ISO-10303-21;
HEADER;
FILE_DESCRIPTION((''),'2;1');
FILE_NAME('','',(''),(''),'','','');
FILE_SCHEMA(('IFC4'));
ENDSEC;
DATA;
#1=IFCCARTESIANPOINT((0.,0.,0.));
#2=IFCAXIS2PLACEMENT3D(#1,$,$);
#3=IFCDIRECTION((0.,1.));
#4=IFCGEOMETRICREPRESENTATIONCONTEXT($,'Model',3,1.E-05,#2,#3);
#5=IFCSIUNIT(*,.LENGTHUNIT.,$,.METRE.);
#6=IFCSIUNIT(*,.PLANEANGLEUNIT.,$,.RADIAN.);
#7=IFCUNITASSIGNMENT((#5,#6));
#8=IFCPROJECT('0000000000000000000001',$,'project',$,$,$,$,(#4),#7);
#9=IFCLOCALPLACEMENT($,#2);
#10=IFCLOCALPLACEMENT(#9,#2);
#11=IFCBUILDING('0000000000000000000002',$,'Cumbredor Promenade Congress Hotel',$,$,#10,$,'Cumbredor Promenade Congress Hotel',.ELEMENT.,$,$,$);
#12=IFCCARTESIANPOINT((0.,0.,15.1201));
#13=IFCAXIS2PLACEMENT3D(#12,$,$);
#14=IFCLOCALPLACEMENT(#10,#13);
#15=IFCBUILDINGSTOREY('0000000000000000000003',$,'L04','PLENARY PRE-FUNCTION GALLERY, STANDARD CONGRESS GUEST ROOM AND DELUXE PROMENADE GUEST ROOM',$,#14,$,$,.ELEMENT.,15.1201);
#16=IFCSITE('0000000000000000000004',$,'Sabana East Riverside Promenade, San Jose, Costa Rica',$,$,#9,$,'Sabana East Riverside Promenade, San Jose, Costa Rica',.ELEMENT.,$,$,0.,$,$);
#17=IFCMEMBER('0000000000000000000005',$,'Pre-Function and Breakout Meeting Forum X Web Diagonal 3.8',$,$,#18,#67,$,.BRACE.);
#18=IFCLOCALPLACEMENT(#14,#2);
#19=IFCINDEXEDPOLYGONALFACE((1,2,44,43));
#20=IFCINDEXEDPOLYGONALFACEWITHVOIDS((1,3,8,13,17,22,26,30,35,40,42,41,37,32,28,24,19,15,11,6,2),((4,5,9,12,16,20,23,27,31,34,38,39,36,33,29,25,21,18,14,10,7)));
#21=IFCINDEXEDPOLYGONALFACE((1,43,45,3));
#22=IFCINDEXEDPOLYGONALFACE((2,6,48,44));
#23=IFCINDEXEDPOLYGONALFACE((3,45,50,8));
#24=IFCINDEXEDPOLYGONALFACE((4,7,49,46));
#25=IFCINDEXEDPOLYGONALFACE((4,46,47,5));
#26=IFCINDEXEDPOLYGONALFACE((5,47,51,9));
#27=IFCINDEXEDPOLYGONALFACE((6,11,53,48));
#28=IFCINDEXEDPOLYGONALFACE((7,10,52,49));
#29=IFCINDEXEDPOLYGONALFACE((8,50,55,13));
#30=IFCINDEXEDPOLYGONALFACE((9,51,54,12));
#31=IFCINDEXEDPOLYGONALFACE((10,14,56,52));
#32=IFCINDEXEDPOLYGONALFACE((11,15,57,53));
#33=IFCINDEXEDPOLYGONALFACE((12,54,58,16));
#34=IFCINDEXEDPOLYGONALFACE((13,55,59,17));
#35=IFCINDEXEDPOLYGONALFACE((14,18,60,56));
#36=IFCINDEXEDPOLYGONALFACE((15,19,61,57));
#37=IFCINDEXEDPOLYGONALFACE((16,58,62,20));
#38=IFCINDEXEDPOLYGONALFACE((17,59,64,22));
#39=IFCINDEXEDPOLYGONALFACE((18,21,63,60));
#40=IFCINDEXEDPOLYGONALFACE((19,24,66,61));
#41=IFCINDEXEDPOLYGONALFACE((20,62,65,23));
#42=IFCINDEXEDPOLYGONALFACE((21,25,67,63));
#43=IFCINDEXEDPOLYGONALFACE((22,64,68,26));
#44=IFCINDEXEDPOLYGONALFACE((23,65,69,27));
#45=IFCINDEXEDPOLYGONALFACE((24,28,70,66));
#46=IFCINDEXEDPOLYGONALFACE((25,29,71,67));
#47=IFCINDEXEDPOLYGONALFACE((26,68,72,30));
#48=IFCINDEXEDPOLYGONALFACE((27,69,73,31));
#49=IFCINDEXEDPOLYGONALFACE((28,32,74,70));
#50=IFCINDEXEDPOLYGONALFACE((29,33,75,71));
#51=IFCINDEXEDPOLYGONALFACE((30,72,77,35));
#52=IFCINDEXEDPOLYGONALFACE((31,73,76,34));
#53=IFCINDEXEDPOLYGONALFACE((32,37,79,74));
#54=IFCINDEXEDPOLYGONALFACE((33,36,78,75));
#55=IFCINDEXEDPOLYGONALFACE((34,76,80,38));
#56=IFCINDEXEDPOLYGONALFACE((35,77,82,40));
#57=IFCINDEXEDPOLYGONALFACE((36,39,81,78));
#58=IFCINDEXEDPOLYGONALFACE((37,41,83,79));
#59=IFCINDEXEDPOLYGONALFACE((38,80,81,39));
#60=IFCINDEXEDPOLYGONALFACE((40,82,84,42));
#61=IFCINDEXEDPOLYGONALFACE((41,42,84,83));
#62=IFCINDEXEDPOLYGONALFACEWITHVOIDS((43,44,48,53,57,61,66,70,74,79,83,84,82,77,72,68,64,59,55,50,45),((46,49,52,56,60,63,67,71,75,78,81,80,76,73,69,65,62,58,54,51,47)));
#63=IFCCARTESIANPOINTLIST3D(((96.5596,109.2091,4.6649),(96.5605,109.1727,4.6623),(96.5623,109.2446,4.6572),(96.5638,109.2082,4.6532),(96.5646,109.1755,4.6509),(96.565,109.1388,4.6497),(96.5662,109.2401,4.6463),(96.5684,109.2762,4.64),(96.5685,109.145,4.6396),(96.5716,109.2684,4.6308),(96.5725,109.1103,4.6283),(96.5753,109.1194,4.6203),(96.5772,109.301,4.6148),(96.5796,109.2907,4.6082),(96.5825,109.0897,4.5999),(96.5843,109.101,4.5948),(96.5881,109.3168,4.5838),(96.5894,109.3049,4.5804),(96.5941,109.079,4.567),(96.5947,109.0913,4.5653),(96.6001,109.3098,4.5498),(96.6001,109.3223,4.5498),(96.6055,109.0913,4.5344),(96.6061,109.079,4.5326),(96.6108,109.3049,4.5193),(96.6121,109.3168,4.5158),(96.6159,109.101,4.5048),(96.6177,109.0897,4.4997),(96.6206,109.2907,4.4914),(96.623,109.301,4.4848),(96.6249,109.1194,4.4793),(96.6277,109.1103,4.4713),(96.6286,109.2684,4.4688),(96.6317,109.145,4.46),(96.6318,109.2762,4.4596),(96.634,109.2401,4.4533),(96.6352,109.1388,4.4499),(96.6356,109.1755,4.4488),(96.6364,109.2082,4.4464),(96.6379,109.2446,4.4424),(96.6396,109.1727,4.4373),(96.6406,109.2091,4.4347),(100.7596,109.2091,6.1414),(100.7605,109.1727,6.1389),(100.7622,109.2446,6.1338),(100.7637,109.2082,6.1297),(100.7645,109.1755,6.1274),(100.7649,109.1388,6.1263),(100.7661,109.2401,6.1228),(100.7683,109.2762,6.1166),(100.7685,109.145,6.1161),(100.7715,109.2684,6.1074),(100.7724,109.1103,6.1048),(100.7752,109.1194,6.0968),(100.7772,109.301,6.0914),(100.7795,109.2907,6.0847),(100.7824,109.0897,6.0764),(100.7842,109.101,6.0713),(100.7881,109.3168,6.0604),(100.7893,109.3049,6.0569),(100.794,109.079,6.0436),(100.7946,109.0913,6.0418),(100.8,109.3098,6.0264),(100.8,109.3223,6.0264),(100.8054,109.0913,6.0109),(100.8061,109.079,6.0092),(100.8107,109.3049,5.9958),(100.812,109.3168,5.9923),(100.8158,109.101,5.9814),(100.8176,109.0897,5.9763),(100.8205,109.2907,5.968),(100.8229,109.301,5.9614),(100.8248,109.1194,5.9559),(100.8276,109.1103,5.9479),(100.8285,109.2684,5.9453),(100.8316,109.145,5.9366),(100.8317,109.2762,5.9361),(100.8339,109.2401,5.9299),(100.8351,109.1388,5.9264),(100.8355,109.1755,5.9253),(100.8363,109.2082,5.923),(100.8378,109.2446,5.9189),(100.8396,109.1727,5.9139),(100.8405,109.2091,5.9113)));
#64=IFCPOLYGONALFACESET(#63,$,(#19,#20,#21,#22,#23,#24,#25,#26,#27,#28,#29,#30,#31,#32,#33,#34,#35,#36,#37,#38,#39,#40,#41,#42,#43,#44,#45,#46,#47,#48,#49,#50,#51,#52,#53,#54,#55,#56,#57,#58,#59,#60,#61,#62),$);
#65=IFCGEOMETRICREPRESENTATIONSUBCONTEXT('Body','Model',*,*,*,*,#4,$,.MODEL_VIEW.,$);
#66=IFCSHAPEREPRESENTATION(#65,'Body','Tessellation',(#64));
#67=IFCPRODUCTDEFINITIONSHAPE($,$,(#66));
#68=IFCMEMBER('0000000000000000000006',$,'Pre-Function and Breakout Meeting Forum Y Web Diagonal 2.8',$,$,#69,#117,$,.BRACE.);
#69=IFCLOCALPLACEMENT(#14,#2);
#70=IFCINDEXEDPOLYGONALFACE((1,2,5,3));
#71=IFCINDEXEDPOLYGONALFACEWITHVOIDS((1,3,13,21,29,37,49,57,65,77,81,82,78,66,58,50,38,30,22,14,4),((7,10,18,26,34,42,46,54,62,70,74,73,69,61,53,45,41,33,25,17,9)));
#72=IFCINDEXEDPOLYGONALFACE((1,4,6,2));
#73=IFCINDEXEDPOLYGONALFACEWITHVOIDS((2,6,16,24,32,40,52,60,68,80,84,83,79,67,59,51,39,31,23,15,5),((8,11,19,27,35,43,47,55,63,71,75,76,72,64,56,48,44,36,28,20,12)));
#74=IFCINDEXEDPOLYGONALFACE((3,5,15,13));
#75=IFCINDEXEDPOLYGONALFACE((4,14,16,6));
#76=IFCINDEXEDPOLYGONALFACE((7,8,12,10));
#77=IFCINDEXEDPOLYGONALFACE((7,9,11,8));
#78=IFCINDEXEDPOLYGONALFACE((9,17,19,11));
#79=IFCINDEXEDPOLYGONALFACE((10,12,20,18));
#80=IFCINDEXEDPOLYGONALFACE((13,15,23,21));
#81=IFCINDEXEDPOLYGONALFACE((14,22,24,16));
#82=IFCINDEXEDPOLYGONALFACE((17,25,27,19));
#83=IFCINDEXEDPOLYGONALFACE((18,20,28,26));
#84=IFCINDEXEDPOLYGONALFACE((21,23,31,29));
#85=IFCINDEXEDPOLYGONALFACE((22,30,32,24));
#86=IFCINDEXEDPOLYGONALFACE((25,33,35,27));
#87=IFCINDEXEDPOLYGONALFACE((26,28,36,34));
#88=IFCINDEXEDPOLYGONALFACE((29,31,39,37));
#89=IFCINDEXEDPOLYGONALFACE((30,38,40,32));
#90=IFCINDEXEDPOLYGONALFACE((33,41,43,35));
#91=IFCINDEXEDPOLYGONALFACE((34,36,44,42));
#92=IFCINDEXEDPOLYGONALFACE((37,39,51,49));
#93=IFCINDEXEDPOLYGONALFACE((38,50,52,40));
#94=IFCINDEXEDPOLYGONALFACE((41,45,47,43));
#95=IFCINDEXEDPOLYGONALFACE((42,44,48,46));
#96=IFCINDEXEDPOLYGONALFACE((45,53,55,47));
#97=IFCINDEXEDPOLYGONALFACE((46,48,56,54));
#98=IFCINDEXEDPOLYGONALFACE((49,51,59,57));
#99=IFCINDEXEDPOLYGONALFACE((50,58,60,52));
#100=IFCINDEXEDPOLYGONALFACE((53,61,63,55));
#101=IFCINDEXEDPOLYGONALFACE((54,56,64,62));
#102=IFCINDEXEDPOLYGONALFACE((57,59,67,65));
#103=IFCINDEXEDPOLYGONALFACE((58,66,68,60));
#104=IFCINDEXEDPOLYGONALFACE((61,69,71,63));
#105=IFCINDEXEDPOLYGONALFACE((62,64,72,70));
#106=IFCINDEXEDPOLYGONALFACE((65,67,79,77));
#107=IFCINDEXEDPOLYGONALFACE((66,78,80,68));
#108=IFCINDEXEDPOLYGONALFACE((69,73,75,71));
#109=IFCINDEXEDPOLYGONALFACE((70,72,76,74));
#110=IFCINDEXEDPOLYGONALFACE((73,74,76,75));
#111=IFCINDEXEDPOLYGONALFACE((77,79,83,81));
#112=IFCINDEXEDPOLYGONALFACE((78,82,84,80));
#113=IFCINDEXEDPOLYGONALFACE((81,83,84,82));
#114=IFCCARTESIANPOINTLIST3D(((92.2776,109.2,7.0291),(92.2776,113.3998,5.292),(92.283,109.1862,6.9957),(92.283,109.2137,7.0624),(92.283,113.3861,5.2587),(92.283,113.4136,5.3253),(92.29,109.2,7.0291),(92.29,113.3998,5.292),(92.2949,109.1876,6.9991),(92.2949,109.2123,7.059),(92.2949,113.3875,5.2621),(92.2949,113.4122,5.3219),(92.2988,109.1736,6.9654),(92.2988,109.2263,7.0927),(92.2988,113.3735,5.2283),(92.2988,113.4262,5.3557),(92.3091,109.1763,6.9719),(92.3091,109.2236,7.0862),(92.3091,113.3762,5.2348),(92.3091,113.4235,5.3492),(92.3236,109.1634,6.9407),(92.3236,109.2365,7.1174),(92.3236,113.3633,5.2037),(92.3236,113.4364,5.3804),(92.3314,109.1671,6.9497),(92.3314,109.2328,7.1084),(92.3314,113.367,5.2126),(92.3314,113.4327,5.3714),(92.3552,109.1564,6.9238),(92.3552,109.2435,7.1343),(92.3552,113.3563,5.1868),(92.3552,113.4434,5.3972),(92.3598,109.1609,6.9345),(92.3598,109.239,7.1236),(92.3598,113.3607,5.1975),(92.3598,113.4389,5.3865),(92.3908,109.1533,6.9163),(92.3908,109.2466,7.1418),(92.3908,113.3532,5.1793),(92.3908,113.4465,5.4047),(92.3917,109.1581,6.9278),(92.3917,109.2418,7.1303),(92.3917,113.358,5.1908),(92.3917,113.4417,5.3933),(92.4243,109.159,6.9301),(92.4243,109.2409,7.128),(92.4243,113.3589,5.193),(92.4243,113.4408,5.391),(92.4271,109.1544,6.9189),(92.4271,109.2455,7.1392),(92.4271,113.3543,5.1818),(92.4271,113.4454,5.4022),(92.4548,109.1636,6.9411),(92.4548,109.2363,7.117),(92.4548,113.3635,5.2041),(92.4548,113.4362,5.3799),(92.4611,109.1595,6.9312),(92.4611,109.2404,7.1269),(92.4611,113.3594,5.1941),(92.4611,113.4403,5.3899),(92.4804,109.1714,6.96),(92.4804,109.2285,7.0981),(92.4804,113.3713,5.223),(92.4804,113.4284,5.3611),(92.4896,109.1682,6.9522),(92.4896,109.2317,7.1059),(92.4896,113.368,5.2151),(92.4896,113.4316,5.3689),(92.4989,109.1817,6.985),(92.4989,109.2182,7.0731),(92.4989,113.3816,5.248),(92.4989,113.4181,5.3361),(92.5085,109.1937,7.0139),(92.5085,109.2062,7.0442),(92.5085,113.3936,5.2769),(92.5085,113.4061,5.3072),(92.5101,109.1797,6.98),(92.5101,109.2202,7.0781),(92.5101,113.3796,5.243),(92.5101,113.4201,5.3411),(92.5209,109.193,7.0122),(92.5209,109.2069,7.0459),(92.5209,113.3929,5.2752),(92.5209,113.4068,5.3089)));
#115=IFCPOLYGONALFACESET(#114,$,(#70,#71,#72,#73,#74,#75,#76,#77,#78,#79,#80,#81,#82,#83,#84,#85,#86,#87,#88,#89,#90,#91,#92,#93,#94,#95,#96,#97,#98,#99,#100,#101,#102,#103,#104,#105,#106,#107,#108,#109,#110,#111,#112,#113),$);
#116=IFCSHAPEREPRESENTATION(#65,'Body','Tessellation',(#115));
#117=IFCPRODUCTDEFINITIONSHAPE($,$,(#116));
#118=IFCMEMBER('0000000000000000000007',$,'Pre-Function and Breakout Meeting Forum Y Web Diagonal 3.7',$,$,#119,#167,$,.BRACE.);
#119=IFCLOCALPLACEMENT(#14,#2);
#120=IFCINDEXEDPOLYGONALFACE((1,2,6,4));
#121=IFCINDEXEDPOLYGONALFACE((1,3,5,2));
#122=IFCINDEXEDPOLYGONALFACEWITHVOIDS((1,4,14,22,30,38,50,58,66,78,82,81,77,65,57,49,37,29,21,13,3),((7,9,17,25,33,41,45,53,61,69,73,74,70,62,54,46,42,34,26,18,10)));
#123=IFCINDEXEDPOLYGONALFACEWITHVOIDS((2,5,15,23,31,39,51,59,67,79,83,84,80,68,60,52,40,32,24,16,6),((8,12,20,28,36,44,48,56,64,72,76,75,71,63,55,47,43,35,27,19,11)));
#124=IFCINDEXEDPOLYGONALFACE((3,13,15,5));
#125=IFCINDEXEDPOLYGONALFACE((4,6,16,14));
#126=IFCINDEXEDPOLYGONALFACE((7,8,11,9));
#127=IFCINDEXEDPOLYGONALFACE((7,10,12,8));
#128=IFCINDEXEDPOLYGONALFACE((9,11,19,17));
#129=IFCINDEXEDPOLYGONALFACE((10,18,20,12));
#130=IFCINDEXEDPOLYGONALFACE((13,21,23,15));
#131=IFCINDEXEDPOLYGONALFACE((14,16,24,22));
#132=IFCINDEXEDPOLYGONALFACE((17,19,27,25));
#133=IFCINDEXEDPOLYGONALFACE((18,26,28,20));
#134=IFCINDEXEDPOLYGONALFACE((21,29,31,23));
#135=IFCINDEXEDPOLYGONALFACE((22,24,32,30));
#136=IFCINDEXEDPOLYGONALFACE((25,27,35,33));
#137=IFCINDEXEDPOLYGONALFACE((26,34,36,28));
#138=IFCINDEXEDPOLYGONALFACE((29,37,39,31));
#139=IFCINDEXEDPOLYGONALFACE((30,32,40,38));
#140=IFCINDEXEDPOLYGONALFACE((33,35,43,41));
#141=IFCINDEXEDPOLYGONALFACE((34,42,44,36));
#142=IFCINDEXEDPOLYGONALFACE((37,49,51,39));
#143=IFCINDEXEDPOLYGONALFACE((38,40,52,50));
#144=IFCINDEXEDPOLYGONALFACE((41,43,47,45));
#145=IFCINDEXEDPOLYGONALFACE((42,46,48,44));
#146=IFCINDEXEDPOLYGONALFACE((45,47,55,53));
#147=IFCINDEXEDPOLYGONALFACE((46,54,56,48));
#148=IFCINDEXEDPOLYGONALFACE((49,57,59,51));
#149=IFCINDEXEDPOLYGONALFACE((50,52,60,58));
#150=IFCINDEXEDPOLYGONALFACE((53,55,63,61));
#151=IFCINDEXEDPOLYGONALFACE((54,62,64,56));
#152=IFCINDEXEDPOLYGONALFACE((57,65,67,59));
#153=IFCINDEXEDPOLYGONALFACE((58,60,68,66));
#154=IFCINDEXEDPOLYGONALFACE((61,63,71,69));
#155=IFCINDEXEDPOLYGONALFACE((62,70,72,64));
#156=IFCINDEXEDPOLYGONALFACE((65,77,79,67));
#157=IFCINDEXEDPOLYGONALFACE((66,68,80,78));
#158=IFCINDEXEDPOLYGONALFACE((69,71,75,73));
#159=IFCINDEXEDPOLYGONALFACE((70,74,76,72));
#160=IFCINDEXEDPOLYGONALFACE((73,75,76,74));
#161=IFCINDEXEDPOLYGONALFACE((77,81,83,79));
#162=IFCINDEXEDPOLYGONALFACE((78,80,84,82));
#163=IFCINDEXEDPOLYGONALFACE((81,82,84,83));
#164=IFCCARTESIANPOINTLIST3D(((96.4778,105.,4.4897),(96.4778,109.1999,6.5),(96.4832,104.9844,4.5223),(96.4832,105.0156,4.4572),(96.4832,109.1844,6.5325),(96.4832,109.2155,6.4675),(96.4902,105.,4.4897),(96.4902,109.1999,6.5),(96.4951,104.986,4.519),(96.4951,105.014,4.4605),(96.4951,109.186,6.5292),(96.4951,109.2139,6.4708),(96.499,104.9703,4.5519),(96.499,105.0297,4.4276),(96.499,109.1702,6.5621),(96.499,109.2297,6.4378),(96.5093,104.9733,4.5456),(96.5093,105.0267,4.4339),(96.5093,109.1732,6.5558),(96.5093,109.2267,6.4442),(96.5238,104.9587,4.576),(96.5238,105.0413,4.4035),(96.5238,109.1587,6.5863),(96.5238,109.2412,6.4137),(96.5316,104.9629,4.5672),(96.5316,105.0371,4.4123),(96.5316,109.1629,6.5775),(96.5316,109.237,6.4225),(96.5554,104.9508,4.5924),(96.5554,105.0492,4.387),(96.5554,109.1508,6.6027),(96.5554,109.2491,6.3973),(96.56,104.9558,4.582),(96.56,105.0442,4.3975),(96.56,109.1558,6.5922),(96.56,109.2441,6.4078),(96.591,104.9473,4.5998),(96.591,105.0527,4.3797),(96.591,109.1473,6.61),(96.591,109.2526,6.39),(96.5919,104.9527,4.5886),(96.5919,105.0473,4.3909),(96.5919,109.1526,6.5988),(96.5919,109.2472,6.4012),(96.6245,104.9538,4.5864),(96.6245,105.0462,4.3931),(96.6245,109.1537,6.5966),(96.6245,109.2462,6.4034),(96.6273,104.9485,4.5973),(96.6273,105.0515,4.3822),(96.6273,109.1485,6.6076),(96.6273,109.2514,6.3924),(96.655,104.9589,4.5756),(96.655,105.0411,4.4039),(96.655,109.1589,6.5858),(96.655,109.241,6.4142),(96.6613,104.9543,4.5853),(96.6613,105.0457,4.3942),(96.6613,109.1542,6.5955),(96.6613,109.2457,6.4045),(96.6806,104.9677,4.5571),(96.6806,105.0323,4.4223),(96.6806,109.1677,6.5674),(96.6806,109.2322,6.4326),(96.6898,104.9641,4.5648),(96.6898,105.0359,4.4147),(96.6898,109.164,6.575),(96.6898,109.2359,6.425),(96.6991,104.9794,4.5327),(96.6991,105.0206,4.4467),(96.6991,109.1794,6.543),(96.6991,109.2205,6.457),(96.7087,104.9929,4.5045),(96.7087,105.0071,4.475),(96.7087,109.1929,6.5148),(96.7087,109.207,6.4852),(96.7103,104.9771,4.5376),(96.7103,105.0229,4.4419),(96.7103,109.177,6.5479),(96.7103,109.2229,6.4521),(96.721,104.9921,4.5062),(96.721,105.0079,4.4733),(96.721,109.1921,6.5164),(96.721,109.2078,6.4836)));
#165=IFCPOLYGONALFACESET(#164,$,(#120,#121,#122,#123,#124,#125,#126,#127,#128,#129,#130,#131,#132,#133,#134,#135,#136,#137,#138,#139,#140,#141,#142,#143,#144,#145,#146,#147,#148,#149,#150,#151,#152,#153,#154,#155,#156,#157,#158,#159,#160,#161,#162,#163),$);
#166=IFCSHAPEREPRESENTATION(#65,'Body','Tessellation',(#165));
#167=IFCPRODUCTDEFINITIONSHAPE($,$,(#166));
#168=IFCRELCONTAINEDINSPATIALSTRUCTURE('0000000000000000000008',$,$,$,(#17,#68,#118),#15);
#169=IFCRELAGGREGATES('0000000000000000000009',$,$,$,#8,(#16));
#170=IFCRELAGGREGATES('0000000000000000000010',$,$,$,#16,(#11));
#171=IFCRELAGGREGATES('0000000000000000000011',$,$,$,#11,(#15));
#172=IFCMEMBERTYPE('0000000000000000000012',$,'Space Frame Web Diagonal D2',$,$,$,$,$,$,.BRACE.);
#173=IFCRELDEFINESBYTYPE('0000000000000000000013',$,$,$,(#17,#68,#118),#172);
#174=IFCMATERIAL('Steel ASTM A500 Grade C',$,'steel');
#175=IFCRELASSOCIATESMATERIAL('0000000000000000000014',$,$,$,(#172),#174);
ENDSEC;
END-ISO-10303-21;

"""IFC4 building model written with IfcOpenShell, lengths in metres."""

from ifc_helpers import new_model, si_unit, direction, frame, origin, origin_2d, place, context, subcontext, project, spatial, hollow_circle, extrude, material, material_profile, profile_set, type_object, element, save


model = new_model("IFC4")

# Units and contexts
model_context = context("Model", 3, precision=1e-05, world=origin(), true_north=direction((0.0, 1.0)))
body_context = subcontext(model_context, "Body", "Model", "MODEL_VIEW")
ifc_project = project(units=[si_unit("LENGTHUNIT", "METRE"), si_unit("PLANEANGLEUNIT", "RADIAN")], contexts=[model_context])

# Site, building, storey
site_placement = place(None, origin())
site = spatial("IfcSite", under=ifc_project, at=site_placement, Name="Sabana East Riverside Promenade, San Jose, Costa Rica", LongName="Sabana East Riverside Promenade, San Jose, Costa Rica", CompositionType="ELEMENT", RefElevation=0.0)
building_placement = place(site_placement, origin())
building = spatial("IfcBuilding", under=site, at=building_placement, Name="Cumbredor Promenade Congress Hotel", LongName="Cumbredor Promenade Congress Hotel", CompositionType="ELEMENT")
storey_placement = place(building_placement, frame((0.0, 0.0, 15.1201)))
storey = spatial("IfcBuildingStorey", under=building, at=storey_placement, Name="L04", Description="PLENARY PRE-FUNCTION GALLERY, STANDARD CONGRESS GUEST ROOM AND DELUXE PROMENADE GUEST ROOM", CompositionType="ELEMENT", Elevation=15.1201)

# Members
ifc_material_1 = material(Name="Steel ASTM A500 Grade C", Category="steel")
ifc_material_profile_1 = material_profile(ifc_material_1, hollow_circle(Radius=0.1223, WallThickness=0.0125, at=origin_2d()), Name="CHS 244.5x12.5")
ifc_profile_set_1 = profile_set([ifc_material_profile_1], Name="Steel ASTM A500 Grade C")
member_type_1 = type_object("IfcMemberType", Name="Space Frame Web Diagonal D2", PredefinedType="BRACE", material=ifc_profile_set_1)
member_1_placement = place(storey_placement, frame((96.6001, 109.2, 4.5498), z_axis=(0.943397, 0.0, 0.331667), x_axis=(0.0, 1.0, 0.0)))
element("IfcMember", 1, at=member_1_placement, inside=storey, type_object=member_type_1, Name="Pre-Function and Breakout Meeting Forum X Web Diagonal 3.8", PredefinedType="BRACE", context=body_context, shape_type="SweptSolid", body=[
    extrude(hollow_circle(Radius=0.1223, WallThickness=0.0125, at=origin_2d()), origin(), (0.0, 0.0, 1.0), 4.4519),
])
member_2_placement = place(storey_placement, frame((92.3999, 109.2, 7.0291), z_axis=(0.0, 0.924083, -0.382192), x_axis=(-1.0, 0.0, 0.0)))
element("IfcMember", 2, at=member_2_placement, inside=storey, type_object=member_type_1, Name="Pre-Function and Breakout Meeting Forum Y Web Diagonal 2.8", PredefinedType="BRACE", context=body_context, shape_type="SweptSolid", body=[
    extrude(hollow_circle(Radius=0.1223, WallThickness=0.0125, at=origin_2d()), origin(), (0.0, 0.0, 1.0), 4.5449),
])
member_3_placement = place(storey_placement, frame((96.6001, 105.0, 4.4897), z_axis=(0.0, 0.902002, 0.431732), x_axis=(-1.0, 0.0, 0.0)))
element("IfcMember", 3, at=member_3_placement, inside=storey, type_object=member_type_1, Name="Pre-Function and Breakout Meeting Forum Y Web Diagonal 3.7", PredefinedType="BRACE", context=body_context, shape_type="SweptSolid", body=[
    extrude(hollow_circle(Radius=0.1223, WallThickness=0.0125, at=origin_2d()), origin(), (0.0, 0.0, 1.0), 4.6562),
])

save(model, "model.ifc")
